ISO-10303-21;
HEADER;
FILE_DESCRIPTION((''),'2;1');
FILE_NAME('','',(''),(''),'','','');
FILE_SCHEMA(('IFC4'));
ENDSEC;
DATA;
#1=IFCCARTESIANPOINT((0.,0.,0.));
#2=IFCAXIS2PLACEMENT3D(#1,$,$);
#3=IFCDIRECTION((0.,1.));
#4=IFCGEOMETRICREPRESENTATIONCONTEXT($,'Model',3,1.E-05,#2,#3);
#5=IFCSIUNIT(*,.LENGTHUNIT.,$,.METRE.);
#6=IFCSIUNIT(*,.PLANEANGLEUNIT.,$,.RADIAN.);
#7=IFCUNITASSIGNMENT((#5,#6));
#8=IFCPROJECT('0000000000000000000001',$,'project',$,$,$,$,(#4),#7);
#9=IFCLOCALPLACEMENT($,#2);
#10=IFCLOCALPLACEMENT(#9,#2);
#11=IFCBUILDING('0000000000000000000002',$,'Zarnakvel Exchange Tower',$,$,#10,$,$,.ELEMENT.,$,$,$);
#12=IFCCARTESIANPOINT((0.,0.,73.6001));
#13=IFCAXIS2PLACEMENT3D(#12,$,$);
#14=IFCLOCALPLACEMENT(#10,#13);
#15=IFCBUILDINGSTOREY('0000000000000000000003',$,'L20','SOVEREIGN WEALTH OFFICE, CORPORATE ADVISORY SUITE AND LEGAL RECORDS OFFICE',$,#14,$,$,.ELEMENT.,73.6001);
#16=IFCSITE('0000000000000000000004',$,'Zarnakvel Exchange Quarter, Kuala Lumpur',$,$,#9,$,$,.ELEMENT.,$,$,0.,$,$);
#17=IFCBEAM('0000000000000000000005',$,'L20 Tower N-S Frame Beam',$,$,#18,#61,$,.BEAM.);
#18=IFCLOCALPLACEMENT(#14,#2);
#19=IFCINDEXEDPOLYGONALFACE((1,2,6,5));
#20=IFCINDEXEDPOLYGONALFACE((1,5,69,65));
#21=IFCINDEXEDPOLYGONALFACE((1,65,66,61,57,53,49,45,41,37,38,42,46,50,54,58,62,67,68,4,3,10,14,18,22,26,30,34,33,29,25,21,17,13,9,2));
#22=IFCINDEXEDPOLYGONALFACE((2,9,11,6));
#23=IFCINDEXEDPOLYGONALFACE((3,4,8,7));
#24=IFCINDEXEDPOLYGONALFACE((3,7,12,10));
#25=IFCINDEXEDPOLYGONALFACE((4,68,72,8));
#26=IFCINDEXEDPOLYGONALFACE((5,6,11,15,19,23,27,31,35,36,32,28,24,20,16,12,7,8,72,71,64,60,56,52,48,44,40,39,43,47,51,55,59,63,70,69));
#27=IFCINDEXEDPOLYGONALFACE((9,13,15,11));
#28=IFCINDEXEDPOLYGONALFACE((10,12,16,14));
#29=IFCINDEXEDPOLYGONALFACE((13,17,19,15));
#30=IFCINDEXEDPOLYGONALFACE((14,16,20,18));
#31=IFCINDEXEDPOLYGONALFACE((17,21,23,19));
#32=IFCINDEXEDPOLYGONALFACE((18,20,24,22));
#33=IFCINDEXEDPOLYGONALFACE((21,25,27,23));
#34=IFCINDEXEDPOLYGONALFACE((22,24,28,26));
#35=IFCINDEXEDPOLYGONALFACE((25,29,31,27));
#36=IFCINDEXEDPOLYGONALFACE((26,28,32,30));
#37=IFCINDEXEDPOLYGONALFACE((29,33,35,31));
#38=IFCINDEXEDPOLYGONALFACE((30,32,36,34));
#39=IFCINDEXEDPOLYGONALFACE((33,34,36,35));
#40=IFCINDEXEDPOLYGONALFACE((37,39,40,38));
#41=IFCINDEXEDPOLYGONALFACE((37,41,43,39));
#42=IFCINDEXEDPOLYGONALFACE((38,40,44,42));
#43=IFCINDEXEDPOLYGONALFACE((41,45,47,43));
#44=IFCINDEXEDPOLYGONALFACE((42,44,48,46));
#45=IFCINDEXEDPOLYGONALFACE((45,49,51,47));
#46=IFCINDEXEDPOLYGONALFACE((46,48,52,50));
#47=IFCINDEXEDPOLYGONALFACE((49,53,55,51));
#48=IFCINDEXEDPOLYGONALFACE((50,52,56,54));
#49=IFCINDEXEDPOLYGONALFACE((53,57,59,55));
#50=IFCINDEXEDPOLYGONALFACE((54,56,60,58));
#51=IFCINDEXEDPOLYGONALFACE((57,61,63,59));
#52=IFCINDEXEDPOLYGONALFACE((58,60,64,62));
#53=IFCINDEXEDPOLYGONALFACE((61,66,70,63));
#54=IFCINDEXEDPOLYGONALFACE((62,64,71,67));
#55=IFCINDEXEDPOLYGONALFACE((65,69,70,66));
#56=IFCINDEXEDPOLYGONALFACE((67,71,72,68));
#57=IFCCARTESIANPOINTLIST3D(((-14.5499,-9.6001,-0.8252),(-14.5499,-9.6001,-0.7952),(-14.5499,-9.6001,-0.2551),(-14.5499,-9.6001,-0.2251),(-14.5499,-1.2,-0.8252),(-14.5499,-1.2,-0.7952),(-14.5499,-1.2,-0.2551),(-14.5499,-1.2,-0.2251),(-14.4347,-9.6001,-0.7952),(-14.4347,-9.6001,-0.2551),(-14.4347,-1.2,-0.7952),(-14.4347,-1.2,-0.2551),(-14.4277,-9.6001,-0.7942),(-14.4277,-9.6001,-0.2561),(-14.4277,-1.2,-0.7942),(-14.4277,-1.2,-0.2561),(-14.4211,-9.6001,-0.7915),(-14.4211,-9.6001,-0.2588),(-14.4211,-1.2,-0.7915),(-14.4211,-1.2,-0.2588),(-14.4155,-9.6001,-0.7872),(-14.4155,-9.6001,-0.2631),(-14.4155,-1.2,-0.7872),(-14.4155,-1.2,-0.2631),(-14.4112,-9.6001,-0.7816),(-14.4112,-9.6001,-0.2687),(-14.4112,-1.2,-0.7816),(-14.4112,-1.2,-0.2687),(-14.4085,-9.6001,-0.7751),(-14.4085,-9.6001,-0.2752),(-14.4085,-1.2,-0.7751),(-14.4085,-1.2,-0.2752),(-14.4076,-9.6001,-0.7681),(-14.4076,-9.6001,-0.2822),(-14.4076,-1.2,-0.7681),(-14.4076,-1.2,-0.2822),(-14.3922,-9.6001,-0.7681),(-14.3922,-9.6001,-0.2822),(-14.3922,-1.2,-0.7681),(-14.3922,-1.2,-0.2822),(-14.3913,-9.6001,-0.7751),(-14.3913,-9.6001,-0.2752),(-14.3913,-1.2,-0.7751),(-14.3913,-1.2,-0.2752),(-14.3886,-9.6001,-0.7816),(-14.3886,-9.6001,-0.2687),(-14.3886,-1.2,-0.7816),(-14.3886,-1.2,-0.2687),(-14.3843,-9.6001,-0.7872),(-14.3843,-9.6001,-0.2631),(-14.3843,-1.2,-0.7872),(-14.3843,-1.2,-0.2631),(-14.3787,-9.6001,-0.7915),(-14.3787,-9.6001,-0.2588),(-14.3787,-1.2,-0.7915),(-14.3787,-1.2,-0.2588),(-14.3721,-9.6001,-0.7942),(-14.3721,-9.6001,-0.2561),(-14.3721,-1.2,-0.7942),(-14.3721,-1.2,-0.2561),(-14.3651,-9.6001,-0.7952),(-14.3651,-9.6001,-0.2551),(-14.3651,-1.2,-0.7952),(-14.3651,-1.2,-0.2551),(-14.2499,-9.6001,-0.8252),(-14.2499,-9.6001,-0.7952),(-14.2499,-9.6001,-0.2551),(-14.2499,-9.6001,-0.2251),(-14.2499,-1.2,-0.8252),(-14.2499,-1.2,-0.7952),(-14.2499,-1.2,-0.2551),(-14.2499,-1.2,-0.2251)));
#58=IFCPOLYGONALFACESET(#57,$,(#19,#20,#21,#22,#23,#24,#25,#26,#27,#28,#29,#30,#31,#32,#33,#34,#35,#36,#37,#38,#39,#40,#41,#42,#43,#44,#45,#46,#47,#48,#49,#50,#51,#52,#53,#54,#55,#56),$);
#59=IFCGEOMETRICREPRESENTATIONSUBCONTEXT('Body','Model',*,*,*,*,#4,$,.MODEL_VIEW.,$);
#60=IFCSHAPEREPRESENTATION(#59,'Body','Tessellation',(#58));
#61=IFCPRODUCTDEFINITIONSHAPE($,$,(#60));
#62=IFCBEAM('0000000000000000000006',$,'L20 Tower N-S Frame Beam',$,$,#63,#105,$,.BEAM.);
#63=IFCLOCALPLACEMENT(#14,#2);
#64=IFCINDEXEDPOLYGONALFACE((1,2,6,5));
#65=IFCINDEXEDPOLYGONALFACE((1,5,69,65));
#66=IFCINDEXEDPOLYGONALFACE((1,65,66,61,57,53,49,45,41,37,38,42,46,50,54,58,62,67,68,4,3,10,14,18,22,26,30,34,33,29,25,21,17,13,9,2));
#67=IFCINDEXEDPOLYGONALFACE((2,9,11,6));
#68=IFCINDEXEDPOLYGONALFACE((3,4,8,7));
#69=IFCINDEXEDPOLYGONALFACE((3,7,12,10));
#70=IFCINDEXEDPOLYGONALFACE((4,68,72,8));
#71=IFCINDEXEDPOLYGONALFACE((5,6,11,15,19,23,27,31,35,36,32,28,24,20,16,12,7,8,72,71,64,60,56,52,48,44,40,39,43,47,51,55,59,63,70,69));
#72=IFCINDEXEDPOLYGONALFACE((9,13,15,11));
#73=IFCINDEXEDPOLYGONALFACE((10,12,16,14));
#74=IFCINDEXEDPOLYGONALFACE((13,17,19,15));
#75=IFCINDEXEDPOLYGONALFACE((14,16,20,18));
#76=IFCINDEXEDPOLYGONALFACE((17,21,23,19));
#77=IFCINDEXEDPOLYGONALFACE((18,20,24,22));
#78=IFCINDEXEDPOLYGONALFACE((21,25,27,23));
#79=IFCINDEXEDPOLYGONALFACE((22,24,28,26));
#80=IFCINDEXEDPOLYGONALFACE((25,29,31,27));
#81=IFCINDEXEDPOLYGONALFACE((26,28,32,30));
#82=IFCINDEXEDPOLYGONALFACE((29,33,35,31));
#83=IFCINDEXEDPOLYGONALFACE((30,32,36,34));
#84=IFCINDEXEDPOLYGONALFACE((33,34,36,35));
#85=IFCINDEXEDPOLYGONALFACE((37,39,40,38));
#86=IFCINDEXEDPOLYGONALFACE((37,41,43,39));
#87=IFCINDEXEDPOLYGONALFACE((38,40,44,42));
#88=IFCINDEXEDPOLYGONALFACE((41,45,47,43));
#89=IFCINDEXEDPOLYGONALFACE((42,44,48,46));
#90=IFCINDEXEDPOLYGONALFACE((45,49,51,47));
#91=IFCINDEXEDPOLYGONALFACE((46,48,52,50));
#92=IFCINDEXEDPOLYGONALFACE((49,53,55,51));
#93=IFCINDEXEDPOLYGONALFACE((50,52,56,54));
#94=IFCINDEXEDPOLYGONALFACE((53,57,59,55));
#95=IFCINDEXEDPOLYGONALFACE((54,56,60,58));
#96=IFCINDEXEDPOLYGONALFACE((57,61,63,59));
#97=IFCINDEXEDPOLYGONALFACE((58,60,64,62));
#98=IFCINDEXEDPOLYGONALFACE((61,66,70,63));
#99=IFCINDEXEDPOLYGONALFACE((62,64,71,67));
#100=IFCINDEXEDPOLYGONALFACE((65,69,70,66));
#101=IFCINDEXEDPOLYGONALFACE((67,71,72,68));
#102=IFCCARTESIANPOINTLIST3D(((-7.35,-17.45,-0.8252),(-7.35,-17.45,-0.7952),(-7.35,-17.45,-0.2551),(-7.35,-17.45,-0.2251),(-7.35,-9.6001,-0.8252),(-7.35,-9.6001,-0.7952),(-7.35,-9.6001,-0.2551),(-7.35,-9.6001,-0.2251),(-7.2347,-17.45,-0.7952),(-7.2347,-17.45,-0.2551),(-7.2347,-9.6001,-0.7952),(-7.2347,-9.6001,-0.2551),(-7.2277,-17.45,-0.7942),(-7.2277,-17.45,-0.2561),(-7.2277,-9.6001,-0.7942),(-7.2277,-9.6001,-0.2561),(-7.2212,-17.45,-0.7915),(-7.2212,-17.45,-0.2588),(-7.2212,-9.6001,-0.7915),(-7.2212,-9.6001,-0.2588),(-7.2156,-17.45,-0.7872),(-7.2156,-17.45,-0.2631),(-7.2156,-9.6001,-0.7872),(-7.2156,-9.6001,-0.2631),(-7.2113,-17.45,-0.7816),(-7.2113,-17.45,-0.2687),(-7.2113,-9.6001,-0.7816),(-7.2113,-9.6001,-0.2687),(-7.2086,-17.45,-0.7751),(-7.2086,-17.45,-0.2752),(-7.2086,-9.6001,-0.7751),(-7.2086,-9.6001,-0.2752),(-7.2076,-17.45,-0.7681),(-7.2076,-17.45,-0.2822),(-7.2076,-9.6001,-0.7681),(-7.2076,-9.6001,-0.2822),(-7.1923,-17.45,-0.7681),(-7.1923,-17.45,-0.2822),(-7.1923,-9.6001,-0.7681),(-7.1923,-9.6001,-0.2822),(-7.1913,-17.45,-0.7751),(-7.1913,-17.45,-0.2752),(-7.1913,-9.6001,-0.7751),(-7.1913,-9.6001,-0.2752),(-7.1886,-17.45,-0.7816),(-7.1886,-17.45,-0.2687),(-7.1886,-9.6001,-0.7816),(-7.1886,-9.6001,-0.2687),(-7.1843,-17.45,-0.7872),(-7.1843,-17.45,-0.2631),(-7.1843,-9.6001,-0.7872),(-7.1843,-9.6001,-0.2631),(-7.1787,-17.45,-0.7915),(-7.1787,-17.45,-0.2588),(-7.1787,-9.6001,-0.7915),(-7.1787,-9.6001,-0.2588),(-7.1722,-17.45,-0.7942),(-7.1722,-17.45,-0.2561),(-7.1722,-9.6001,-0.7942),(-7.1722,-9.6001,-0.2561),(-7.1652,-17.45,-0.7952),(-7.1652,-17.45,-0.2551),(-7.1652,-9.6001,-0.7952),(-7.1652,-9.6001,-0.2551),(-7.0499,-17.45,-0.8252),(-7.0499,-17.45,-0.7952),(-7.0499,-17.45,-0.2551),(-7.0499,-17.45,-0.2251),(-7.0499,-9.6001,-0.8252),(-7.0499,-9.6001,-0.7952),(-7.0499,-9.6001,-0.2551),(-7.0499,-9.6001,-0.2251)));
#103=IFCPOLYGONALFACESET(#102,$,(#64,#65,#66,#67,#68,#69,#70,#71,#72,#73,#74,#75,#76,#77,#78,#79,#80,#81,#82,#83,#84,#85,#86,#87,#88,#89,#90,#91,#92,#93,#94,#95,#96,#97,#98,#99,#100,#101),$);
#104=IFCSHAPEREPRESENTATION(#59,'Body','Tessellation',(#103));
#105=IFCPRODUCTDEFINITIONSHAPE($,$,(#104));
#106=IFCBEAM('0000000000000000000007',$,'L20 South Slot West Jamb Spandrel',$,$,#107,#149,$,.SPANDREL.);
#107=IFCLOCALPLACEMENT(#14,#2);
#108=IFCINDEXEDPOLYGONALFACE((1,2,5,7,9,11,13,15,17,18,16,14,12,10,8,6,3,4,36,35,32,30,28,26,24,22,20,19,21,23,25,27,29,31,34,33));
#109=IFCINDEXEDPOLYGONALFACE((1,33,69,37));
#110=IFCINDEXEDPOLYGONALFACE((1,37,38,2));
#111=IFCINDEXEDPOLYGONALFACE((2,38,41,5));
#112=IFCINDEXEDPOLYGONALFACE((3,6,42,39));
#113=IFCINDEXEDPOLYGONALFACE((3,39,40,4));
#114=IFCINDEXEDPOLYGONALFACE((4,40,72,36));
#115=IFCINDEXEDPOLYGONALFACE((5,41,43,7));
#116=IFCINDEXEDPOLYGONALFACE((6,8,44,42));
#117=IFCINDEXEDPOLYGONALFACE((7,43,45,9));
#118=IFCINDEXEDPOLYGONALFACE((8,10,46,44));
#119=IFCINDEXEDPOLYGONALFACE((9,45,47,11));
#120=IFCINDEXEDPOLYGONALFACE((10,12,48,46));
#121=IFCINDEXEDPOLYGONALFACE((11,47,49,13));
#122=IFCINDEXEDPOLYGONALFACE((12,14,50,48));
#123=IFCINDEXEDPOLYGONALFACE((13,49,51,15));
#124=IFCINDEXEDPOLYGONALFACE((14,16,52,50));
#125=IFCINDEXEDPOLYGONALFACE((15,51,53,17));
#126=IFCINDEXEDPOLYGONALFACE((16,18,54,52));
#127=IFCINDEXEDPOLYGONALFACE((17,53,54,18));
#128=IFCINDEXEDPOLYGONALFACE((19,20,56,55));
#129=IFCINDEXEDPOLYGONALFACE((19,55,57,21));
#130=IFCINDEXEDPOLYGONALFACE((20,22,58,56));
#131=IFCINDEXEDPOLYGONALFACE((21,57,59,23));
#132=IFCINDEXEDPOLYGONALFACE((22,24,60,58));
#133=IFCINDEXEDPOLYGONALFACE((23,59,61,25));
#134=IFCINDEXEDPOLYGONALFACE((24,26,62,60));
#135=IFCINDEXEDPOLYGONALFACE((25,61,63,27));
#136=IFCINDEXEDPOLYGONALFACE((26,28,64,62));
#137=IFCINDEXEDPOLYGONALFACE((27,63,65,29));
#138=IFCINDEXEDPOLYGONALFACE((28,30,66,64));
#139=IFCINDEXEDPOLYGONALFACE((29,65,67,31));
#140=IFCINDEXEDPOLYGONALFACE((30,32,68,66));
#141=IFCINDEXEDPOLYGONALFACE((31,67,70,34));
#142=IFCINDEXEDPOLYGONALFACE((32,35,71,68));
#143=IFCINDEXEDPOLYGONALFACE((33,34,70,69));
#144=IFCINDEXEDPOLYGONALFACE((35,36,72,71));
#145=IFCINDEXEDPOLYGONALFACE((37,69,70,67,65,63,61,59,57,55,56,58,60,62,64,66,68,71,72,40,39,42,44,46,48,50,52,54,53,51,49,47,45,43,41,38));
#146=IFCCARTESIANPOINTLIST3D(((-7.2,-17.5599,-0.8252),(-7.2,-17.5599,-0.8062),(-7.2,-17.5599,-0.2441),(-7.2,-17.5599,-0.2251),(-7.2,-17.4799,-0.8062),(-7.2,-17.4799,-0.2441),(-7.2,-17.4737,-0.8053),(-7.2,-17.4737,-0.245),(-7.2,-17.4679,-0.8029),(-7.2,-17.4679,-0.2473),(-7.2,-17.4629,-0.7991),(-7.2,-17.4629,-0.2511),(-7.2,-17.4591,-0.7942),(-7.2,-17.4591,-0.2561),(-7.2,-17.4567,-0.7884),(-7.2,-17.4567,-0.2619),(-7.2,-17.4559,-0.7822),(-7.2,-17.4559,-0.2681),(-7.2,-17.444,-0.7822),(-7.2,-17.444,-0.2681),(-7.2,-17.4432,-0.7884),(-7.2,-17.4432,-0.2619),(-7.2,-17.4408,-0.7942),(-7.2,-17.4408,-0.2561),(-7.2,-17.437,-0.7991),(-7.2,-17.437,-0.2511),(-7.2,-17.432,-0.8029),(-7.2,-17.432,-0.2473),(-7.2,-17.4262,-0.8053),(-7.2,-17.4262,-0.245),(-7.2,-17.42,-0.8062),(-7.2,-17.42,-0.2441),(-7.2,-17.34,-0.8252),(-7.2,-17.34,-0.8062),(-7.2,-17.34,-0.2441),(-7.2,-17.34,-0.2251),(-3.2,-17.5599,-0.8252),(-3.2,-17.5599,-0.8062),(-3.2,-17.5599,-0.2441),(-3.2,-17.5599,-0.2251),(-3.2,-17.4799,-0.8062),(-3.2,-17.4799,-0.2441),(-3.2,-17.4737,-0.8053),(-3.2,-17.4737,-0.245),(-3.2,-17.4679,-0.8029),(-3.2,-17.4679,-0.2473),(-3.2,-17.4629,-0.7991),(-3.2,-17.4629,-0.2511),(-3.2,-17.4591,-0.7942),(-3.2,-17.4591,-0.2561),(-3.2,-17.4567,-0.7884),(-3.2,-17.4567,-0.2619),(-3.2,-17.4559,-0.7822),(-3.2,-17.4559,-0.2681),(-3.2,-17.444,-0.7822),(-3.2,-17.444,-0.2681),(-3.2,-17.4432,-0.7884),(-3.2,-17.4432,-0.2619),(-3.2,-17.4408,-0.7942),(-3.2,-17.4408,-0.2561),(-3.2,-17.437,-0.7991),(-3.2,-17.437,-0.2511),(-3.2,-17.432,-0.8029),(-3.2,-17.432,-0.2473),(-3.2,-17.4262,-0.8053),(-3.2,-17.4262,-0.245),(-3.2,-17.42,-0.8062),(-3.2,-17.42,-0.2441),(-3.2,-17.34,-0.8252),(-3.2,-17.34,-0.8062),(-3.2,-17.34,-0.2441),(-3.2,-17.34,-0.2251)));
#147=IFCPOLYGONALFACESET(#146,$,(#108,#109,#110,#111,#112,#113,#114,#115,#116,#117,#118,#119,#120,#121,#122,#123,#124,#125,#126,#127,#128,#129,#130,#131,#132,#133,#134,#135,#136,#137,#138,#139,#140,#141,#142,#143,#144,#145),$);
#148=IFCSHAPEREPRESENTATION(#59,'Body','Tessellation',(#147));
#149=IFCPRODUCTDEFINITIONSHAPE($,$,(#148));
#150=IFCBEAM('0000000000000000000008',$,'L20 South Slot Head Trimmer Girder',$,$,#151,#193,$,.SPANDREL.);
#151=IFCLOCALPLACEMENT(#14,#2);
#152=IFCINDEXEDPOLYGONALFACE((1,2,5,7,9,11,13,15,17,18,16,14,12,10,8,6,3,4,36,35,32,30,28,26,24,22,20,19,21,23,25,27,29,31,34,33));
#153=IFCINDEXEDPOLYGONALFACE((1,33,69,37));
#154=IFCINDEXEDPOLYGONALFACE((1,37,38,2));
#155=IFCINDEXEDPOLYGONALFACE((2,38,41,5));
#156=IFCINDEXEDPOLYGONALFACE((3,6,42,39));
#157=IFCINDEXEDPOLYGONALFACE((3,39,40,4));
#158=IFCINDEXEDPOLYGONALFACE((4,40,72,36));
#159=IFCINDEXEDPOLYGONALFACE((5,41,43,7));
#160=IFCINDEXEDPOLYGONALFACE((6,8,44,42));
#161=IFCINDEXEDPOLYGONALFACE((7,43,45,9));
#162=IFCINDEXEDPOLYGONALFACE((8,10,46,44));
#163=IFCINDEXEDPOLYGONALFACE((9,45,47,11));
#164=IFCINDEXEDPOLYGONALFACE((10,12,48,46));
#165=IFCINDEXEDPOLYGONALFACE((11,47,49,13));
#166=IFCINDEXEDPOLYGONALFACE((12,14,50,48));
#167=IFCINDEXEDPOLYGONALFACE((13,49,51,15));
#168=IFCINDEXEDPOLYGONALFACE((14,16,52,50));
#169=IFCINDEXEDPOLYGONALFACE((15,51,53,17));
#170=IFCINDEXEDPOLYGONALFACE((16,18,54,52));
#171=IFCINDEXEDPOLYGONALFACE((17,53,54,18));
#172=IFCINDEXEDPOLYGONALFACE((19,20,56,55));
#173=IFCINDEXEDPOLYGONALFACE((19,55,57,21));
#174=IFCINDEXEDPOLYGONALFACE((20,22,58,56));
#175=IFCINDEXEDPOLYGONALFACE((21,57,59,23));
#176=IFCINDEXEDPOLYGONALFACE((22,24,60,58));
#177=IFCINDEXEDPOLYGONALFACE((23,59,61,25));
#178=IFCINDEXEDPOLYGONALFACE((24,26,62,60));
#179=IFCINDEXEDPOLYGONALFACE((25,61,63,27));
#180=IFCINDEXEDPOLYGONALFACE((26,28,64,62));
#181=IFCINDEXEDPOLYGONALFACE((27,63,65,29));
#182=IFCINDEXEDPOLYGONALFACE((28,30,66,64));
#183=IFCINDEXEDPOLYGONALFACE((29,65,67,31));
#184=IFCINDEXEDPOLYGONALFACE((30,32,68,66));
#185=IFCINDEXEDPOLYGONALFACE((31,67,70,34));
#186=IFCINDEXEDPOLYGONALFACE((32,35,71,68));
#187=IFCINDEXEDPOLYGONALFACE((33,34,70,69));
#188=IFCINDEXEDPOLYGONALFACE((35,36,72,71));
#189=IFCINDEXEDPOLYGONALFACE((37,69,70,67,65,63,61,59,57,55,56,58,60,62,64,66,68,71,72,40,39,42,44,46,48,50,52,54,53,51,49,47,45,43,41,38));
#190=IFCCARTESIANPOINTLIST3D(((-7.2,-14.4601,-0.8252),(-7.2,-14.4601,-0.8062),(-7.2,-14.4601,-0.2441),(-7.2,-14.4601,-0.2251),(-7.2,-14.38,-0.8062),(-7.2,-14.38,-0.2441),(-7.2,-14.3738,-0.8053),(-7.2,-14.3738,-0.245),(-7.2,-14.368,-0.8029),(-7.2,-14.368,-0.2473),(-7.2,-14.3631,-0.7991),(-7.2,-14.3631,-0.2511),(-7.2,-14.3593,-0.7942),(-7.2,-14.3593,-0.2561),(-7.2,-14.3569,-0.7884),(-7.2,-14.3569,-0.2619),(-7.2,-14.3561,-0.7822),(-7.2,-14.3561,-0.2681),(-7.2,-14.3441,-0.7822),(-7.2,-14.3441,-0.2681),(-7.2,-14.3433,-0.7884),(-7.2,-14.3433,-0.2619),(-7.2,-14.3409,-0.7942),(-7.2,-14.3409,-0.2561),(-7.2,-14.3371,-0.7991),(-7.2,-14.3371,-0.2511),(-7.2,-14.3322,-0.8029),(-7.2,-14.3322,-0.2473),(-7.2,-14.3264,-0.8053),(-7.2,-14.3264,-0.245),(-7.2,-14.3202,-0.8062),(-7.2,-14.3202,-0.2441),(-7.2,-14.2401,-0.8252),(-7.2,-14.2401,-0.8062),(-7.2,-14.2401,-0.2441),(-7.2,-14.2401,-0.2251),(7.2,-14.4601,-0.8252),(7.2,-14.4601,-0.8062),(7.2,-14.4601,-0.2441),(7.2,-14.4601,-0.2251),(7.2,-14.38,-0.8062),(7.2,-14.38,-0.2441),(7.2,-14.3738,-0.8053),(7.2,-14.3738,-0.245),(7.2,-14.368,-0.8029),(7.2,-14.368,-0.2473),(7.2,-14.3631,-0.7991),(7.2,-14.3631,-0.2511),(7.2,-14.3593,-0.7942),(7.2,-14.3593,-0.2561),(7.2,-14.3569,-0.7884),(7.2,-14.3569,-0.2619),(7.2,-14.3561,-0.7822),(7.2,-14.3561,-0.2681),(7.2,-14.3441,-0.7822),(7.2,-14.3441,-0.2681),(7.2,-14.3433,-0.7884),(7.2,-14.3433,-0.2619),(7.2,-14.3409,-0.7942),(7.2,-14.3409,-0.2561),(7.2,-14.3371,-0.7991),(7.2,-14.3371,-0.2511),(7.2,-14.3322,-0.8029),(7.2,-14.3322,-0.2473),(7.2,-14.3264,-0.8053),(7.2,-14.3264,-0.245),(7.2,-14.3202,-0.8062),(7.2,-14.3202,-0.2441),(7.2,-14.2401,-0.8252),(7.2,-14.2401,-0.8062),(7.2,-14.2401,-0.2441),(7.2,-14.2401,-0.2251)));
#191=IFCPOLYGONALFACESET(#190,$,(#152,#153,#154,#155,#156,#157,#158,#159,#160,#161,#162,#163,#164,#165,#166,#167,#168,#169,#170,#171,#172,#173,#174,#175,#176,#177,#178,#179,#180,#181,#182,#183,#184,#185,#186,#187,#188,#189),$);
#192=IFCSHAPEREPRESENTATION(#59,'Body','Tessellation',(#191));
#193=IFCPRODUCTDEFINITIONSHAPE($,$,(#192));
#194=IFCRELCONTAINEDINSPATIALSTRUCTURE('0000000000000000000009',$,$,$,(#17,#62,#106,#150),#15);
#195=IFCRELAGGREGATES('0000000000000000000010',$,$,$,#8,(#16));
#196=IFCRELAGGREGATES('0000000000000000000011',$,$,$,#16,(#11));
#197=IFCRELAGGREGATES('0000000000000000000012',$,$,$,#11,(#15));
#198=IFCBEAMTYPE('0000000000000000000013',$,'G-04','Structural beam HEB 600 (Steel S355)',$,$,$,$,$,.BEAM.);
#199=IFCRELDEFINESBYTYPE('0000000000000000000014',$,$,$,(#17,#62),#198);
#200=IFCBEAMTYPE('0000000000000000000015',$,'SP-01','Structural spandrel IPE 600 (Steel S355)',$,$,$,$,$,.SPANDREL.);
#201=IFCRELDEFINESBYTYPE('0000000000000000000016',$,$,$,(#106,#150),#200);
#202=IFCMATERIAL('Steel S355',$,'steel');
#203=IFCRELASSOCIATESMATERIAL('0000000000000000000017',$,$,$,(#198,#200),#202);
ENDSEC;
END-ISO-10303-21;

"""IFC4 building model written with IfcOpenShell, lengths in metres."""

from ifc_helpers import new_model, si_unit, direction, frame, origin, origin_2d, place, context, subcontext, project, spatial, i_section, extrude, material, material_profile, profile_set, type_object, element, save


model = new_model("IFC4")

# Units and contexts
model_context = context("Model", 3, precision=1e-05, world=origin(), true_north=direction((0.0, 1.0)))
body_context = subcontext(model_context, "Body", "Model", "MODEL_VIEW")
ifc_project = project(units=[si_unit("LENGTHUNIT", "METRE"), si_unit("PLANEANGLEUNIT", "RADIAN")], contexts=[model_context])

# Site, building, storey
site_placement = place(None, origin())
site = spatial("IfcSite", under=ifc_project, at=site_placement, Name="Zarnakvel Exchange Quarter, Kuala Lumpur", CompositionType="ELEMENT", RefElevation=0.0)
building_placement = place(site_placement, origin())
building = spatial("IfcBuilding", under=site, at=building_placement, Name="Zarnakvel Exchange Tower", CompositionType="ELEMENT")
storey_placement = place(building_placement, frame((0.0, 0.0, 73.6001)))
storey = spatial("IfcBuildingStorey", under=building, at=storey_placement, Name="L20", Description="SOVEREIGN WEALTH OFFICE, CORPORATE ADVISORY SUITE AND LEGAL RECORDS OFFICE", CompositionType="ELEMENT", Elevation=73.6001)

# Beams
ifc_material_1 = material(Name="Steel S355", Category="steel")
ifc_material_profile_1 = material_profile(ifc_material_1, i_section(OverallWidth=0.3, OverallDepth=0.6001, WebThickness=0.0154, FlangeThickness=0.03, FilletRadius=0.0271, at=origin_2d()))
ifc_profile_set_1 = profile_set([ifc_material_profile_1], Name="Steel S355")
beam_type_1 = type_object("IfcBeamType", Name="G-04", Description="Structural beam HEB 600 (Steel S355)", PredefinedType="BEAM", material=ifc_profile_set_1)
beam_1_placement = place(storey_placement, frame((-14.3999, -9.6001, -0.5251), z_axis=(0.0, 1.0, 0.0), x_axis=(-1.0, 0.0, 0.0)))
element("IfcBeam", 1, at=beam_1_placement, inside=storey, type_object=beam_type_1, Name="L20 Tower N-S Frame Beam", PredefinedType="BEAM", context=body_context, shape_type="SweptSolid", body=[
    extrude(i_section(OverallWidth=0.3, OverallDepth=0.6001, WebThickness=0.0154, FlangeThickness=0.03, FilletRadius=0.0271, at=origin_2d()), origin(), (0.0, 0.0, 1.0), 8.4001),
])
beam_2_placement = place(storey_placement, frame((-7.2, -17.45, -0.5251), z_axis=(0.0, 1.0, 0.0), x_axis=(-1.0, 0.0, 0.0)))
element("IfcBeam", 2, at=beam_2_placement, inside=storey, type_object=beam_type_1, Name="L20 Tower N-S Frame Beam", PredefinedType="BEAM", context=body_context, shape_type="SweptSolid", body=[
    extrude(i_section(OverallWidth=0.3, OverallDepth=0.6001, WebThickness=0.0154, FlangeThickness=0.03, FilletRadius=0.0271, at=origin_2d()), origin(), (0.0, 0.0, 1.0), 7.8499),
])
ifc_material_profile_2 = material_profile(ifc_material_1, i_section(OverallWidth=0.22, OverallDepth=0.6001, WebThickness=0.012, FlangeThickness=0.019, FilletRadius=0.0239, at=origin_2d()))
ifc_profile_set_2 = profile_set([ifc_material_profile_2], Name="Steel S355")
beam_type_2 = type_object("IfcBeamType", Name="SP-01", Description="Structural spandrel IPE 600 (Steel S355)", PredefinedType="SPANDREL", material=ifc_profile_set_2)
beam_3_placement = place(storey_placement, frame((-7.2, -17.45, -0.5251), z_axis=(1.0, 0.0, 0.0), x_axis=(0.0, 1.0, 0.0)))
element("IfcBeam", 3, at=beam_3_placement, inside=storey, type_object=beam_type_2, Name="L20 South Slot West Jamb Spandrel", PredefinedType="SPANDREL", context=body_context, shape_type="SweptSolid", body=[
    extrude(i_section(OverallWidth=0.22, OverallDepth=0.6001, WebThickness=0.012, FlangeThickness=0.019, FilletRadius=0.0239, at=origin_2d()), origin(), (0.0, 0.0, 1.0), 4.0),
])
beam_4_placement = place(storey_placement, frame((-7.2, -14.3501, -0.5251), z_axis=(1.0, 0.0, 0.0), x_axis=(0.0, 1.0, 0.0)))
element("IfcBeam", 4, at=beam_4_placement, inside=storey, type_object=beam_type_2, Name="L20 South Slot Head Trimmer Girder", PredefinedType="SPANDREL", context=body_context, shape_type="SweptSolid", body=[
    extrude(i_section(OverallWidth=0.22, OverallDepth=0.6001, WebThickness=0.012, FlangeThickness=0.019, FilletRadius=0.0239, at=origin_2d()), origin(), (0.0, 0.0, 1.0), 14.3999),
])

save(model, "model.ifc")
